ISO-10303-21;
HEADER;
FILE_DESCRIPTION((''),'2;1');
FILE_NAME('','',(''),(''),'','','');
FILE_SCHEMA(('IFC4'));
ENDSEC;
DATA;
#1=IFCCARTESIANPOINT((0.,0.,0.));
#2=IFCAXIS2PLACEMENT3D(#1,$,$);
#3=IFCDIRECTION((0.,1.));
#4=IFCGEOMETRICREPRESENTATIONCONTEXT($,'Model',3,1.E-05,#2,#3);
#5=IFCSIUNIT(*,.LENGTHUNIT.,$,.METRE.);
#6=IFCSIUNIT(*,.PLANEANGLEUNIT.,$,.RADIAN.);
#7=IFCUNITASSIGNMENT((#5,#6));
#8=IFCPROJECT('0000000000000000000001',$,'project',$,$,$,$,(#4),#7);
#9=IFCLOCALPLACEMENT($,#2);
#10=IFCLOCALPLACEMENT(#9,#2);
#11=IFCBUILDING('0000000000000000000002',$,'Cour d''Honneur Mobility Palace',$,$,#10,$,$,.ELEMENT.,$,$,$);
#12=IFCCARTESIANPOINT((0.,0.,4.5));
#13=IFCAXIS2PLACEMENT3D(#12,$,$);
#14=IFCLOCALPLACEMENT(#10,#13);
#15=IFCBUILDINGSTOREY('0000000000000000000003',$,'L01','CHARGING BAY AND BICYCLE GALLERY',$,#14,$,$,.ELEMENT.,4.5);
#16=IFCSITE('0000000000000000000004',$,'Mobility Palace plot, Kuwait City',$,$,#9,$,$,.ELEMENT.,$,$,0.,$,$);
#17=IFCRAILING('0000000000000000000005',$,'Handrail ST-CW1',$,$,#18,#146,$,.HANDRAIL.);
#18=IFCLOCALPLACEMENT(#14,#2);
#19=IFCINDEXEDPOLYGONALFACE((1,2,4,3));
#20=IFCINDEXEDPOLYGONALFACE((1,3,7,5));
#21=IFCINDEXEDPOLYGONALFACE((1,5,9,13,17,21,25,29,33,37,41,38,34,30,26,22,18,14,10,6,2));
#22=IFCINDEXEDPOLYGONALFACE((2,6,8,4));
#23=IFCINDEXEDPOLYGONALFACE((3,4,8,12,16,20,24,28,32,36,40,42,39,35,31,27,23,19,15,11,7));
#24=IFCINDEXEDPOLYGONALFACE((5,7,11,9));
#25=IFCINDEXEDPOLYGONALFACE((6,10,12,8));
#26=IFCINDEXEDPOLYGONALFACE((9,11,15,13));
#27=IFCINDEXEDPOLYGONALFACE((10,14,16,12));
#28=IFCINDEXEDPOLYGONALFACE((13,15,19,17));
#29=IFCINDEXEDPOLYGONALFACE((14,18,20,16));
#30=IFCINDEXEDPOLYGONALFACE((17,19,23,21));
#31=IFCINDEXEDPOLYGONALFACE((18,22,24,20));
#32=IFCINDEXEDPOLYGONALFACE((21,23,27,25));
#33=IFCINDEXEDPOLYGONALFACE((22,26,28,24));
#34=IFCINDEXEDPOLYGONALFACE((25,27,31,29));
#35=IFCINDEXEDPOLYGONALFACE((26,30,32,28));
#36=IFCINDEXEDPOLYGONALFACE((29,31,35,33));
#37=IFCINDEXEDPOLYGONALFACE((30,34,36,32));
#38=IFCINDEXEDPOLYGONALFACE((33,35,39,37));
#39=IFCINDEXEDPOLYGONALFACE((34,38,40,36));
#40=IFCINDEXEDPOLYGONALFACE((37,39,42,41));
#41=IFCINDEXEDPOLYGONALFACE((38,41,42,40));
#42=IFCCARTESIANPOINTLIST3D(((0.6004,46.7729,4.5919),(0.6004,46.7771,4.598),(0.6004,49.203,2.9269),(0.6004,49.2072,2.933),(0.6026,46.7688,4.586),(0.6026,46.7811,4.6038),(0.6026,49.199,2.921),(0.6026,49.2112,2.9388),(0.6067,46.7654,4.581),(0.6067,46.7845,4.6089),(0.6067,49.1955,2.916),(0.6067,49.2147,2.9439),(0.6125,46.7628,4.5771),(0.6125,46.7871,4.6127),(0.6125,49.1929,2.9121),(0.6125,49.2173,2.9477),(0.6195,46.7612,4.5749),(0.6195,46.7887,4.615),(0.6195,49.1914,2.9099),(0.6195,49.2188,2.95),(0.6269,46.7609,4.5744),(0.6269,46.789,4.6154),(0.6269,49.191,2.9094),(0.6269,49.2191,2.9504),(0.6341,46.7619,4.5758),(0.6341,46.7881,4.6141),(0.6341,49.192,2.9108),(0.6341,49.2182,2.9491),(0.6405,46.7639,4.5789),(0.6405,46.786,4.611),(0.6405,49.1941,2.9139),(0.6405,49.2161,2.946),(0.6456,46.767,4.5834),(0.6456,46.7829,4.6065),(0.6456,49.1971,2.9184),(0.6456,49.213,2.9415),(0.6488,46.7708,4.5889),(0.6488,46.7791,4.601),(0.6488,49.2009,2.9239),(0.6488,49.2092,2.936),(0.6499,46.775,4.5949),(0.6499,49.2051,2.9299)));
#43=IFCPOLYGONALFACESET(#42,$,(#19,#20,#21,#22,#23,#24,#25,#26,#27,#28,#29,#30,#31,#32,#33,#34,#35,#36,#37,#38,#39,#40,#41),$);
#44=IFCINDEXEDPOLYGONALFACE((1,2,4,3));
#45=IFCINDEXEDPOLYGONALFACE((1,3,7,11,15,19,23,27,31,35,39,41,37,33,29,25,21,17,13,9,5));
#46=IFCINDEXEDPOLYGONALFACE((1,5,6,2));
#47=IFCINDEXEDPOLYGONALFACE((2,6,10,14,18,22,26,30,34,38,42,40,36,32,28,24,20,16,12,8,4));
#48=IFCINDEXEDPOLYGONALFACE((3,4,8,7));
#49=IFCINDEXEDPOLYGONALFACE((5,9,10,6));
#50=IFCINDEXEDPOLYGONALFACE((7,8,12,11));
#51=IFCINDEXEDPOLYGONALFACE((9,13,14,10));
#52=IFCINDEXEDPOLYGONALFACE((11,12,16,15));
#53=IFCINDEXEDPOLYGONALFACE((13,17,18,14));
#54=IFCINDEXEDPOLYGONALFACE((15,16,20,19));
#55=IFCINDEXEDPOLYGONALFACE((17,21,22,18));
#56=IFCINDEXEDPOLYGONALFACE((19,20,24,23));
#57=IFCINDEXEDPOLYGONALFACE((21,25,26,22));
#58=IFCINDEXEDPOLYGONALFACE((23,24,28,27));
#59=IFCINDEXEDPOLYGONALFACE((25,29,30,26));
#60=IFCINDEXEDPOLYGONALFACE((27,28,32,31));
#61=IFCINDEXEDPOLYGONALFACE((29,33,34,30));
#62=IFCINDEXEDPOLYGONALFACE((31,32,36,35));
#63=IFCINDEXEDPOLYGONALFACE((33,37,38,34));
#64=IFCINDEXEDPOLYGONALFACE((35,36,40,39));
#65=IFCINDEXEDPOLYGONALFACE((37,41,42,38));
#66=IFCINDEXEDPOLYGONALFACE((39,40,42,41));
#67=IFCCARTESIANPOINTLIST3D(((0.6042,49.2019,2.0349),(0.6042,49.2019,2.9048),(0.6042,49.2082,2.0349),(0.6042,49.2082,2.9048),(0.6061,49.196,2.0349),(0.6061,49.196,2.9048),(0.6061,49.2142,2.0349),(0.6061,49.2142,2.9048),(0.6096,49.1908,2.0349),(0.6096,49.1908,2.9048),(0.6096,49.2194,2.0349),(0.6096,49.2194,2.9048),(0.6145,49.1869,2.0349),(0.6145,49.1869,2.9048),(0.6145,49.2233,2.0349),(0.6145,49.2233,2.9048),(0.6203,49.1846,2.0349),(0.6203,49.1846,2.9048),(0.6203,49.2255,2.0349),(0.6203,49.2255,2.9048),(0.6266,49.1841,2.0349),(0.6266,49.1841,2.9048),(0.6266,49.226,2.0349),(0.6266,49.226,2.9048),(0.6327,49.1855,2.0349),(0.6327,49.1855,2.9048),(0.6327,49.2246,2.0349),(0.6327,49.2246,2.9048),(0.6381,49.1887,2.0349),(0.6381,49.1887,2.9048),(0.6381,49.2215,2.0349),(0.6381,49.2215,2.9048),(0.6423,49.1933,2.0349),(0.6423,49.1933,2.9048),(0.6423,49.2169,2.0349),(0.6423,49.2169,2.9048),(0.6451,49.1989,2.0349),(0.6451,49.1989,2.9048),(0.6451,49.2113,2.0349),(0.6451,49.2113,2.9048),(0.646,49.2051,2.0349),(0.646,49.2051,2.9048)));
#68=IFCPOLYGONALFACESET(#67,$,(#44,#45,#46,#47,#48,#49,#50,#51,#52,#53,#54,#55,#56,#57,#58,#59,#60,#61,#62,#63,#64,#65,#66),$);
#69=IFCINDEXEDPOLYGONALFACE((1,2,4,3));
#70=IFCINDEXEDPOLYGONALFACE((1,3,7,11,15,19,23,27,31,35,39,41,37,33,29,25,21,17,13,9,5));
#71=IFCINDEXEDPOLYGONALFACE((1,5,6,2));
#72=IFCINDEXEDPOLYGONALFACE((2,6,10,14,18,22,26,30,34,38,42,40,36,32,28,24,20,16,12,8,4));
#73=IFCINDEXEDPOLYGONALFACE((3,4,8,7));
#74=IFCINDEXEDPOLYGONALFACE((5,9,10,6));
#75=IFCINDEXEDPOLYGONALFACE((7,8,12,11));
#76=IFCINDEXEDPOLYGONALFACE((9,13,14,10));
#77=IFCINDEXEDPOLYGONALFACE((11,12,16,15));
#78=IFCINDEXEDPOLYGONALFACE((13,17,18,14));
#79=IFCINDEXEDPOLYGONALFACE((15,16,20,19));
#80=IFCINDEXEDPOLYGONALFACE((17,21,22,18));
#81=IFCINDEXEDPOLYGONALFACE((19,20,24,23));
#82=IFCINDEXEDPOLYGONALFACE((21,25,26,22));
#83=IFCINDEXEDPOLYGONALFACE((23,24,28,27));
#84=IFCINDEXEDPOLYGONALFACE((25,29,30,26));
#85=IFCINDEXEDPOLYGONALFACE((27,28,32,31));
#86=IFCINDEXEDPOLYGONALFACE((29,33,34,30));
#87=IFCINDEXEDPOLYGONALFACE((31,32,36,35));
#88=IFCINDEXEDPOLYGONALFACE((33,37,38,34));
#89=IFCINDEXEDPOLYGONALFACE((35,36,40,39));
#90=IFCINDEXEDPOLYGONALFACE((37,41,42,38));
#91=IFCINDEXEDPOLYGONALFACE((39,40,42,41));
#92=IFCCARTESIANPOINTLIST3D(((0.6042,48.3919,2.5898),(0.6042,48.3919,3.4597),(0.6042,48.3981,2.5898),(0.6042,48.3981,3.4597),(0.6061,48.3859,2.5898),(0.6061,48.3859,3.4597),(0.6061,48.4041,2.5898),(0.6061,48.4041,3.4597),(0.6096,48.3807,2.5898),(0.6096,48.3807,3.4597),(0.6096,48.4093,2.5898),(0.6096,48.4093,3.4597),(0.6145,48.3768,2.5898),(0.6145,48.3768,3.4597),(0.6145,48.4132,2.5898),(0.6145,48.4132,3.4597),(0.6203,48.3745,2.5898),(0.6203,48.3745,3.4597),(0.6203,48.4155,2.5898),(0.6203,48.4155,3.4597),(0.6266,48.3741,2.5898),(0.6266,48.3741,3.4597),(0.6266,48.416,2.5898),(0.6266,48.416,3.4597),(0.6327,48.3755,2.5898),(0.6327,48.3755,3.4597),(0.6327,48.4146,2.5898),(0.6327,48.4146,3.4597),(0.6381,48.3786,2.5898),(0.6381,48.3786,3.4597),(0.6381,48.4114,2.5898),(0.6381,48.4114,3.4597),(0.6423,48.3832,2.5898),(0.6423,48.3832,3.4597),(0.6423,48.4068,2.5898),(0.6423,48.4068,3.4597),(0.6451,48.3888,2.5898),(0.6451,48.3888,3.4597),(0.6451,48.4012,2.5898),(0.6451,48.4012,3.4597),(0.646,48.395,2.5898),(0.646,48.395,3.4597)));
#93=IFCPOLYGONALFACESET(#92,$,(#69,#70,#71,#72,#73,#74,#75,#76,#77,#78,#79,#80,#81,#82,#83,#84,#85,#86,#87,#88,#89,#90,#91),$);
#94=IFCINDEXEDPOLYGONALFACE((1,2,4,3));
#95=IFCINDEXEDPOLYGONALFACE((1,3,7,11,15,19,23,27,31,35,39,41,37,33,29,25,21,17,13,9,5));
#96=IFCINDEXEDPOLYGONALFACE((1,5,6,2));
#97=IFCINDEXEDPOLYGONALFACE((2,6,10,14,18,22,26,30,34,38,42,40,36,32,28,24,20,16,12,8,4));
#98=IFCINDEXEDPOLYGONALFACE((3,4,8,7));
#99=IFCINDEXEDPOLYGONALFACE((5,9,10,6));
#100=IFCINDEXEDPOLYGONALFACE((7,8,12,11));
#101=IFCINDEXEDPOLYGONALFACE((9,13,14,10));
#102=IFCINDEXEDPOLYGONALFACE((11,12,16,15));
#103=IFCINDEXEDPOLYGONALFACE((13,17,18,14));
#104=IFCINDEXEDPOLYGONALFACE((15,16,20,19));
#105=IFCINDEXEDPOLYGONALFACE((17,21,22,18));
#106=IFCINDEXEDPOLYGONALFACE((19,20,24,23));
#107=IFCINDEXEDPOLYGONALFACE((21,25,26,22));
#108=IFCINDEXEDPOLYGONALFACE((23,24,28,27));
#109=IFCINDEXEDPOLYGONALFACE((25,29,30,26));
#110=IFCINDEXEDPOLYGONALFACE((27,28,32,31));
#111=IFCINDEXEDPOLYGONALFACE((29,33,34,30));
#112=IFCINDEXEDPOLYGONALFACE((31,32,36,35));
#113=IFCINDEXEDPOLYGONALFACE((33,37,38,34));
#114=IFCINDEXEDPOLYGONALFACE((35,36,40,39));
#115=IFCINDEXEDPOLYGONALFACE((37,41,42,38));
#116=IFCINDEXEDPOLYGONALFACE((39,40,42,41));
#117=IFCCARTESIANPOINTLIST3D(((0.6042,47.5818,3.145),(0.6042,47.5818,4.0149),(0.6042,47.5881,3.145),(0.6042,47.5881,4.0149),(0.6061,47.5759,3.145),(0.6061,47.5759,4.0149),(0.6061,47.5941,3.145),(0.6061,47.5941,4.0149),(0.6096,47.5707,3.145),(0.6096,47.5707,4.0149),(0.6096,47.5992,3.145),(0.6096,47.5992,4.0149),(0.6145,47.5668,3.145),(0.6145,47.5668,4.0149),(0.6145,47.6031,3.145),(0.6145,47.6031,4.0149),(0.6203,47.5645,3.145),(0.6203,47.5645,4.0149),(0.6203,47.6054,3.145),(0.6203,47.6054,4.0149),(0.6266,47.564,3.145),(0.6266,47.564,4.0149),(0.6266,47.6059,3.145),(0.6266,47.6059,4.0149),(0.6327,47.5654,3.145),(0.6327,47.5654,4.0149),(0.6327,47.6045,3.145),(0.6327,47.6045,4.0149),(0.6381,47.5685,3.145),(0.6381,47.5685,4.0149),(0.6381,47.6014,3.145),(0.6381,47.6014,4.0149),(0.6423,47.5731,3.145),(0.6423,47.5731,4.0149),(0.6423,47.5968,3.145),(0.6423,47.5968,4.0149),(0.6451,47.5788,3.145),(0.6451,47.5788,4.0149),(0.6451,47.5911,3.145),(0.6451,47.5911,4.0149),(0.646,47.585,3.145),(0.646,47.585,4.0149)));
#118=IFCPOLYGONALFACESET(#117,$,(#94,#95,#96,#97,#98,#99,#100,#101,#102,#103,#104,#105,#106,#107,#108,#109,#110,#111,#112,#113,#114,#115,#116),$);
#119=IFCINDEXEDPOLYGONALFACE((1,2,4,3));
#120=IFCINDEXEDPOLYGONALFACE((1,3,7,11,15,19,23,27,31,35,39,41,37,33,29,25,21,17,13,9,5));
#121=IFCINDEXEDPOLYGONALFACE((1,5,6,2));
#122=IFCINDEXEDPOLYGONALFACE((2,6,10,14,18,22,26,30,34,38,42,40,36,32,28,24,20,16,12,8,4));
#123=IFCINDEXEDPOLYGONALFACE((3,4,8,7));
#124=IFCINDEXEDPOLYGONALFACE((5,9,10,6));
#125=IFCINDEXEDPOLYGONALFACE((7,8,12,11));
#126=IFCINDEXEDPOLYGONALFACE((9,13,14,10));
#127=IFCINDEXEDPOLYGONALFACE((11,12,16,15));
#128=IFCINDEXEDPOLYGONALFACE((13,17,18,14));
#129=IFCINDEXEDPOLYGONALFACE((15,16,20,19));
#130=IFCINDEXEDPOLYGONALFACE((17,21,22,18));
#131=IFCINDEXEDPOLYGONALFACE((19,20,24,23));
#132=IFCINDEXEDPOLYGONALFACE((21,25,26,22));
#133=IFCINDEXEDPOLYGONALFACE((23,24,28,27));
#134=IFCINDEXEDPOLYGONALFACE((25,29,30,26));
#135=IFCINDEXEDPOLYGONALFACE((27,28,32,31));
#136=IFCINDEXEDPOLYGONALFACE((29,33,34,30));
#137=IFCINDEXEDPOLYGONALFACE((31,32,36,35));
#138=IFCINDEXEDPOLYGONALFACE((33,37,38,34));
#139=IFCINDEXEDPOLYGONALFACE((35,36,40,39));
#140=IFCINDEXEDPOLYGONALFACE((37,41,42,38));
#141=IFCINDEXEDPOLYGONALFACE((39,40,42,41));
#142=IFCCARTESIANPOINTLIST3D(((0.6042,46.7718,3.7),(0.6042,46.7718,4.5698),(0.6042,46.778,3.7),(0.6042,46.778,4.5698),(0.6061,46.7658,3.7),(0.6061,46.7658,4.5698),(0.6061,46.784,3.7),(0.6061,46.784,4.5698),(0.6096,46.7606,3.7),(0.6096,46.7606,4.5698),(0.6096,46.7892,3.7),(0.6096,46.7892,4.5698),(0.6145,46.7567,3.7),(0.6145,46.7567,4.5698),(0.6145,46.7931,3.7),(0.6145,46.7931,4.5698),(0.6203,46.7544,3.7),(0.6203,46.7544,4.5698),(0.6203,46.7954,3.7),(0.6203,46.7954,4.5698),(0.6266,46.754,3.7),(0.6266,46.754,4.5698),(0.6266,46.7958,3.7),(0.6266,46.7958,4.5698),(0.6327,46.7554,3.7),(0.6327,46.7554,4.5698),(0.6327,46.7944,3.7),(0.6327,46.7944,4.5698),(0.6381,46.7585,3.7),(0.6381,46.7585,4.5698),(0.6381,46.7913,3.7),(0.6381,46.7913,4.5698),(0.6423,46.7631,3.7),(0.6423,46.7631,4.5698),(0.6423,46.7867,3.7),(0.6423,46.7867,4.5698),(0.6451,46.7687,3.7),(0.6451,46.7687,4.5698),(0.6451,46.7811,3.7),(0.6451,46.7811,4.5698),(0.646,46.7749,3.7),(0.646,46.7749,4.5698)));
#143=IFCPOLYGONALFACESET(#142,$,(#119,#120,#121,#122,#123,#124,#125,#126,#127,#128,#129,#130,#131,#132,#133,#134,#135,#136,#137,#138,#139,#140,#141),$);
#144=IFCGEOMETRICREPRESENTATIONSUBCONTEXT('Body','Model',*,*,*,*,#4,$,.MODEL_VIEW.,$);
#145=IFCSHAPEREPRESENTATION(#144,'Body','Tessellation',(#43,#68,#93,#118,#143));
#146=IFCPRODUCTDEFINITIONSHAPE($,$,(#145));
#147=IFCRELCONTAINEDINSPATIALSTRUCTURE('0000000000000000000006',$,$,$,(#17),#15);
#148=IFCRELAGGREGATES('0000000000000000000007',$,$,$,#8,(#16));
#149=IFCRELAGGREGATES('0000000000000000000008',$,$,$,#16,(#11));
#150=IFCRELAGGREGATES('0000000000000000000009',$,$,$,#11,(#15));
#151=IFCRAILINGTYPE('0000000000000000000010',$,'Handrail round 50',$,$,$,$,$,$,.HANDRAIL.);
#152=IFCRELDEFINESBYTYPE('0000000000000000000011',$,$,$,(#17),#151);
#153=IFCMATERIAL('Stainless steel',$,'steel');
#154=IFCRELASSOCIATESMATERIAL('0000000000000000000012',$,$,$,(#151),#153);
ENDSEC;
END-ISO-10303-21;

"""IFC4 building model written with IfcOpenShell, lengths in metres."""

from ifc_helpers import new_model, si_unit, direction, frame, origin, origin_2d, place, context, subcontext, project, spatial, circle, extrude, material, type_object, element, save


model = new_model("IFC4")

# Units and contexts
model_context = context("Model", 3, precision=1e-05, world=origin(), true_north=direction((0.0, 1.0)))
body_context = subcontext(model_context, "Body", "Model", "MODEL_VIEW")
ifc_project = project(units=[si_unit("LENGTHUNIT", "METRE"), si_unit("PLANEANGLEUNIT", "RADIAN")], contexts=[model_context])

# Site, building, storey
site_placement = place(None, origin())
site = spatial("IfcSite", under=ifc_project, at=site_placement, Name="Mobility Palace plot, Kuwait City", CompositionType="ELEMENT", RefElevation=0.0)
building_placement = place(site_placement, origin())
building = spatial("IfcBuilding", under=site, at=building_placement, Name="Cour d'Honneur Mobility Palace", CompositionType="ELEMENT")
storey_placement = place(building_placement, frame((0.0, 0.0, 4.5)))
storey = spatial("IfcBuildingStorey", under=building, at=storey_placement, Name="L01", Description="CHARGING BAY AND BICYCLE GALLERY", CompositionType="ELEMENT", Elevation=4.5)

# Railing
ifc_material_1 = material(Name="Stainless steel", Category="steel")
railing_type_1 = type_object("IfcRailingType", Name="Handrail round 50", PredefinedType="HANDRAIL", material=ifc_material_1)
for number, where, name in (
    (1, (0.625, 49.2051, 2.0349), "Handrail ST-CW1"),
):
    element("IfcRailing", number, at=place(storey_placement, frame(where)), inside=storey, type_object=railing_type_1, Name=name, PredefinedType="HANDRAIL", context=body_context, shape_type="SweptSolid", body=[
        extrude(circle(Radius=0.0249, at=origin_2d()), frame((0.0, 0.0, 0.895), z_axis=(0.0, -0.824945, 0.565213), x_axis=(1.0, 0.0, 0.0)), (0.0, 0.0, 1.0), 2.9458),
        extrude(circle(Radius=0.021, at=origin_2d()), origin(), (0.0, 0.0, 1.0), 0.8699),
        extrude(circle(Radius=0.021, at=origin_2d()), frame((0.0, -0.8101, 0.5549)), (0.0, 0.0, 1.0), 0.8699),
        extrude(circle(Radius=0.021, at=origin_2d()), frame((0.0, -1.6201, 1.1101)), (0.0, 0.0, 1.0), 0.8699),
        extrude(circle(Radius=0.021, at=origin_2d()), frame((0.0, -2.4302, 1.665)), (0.0, 0.0, 1.0), 0.8699),
    ])

save(model, "model.ifc")
